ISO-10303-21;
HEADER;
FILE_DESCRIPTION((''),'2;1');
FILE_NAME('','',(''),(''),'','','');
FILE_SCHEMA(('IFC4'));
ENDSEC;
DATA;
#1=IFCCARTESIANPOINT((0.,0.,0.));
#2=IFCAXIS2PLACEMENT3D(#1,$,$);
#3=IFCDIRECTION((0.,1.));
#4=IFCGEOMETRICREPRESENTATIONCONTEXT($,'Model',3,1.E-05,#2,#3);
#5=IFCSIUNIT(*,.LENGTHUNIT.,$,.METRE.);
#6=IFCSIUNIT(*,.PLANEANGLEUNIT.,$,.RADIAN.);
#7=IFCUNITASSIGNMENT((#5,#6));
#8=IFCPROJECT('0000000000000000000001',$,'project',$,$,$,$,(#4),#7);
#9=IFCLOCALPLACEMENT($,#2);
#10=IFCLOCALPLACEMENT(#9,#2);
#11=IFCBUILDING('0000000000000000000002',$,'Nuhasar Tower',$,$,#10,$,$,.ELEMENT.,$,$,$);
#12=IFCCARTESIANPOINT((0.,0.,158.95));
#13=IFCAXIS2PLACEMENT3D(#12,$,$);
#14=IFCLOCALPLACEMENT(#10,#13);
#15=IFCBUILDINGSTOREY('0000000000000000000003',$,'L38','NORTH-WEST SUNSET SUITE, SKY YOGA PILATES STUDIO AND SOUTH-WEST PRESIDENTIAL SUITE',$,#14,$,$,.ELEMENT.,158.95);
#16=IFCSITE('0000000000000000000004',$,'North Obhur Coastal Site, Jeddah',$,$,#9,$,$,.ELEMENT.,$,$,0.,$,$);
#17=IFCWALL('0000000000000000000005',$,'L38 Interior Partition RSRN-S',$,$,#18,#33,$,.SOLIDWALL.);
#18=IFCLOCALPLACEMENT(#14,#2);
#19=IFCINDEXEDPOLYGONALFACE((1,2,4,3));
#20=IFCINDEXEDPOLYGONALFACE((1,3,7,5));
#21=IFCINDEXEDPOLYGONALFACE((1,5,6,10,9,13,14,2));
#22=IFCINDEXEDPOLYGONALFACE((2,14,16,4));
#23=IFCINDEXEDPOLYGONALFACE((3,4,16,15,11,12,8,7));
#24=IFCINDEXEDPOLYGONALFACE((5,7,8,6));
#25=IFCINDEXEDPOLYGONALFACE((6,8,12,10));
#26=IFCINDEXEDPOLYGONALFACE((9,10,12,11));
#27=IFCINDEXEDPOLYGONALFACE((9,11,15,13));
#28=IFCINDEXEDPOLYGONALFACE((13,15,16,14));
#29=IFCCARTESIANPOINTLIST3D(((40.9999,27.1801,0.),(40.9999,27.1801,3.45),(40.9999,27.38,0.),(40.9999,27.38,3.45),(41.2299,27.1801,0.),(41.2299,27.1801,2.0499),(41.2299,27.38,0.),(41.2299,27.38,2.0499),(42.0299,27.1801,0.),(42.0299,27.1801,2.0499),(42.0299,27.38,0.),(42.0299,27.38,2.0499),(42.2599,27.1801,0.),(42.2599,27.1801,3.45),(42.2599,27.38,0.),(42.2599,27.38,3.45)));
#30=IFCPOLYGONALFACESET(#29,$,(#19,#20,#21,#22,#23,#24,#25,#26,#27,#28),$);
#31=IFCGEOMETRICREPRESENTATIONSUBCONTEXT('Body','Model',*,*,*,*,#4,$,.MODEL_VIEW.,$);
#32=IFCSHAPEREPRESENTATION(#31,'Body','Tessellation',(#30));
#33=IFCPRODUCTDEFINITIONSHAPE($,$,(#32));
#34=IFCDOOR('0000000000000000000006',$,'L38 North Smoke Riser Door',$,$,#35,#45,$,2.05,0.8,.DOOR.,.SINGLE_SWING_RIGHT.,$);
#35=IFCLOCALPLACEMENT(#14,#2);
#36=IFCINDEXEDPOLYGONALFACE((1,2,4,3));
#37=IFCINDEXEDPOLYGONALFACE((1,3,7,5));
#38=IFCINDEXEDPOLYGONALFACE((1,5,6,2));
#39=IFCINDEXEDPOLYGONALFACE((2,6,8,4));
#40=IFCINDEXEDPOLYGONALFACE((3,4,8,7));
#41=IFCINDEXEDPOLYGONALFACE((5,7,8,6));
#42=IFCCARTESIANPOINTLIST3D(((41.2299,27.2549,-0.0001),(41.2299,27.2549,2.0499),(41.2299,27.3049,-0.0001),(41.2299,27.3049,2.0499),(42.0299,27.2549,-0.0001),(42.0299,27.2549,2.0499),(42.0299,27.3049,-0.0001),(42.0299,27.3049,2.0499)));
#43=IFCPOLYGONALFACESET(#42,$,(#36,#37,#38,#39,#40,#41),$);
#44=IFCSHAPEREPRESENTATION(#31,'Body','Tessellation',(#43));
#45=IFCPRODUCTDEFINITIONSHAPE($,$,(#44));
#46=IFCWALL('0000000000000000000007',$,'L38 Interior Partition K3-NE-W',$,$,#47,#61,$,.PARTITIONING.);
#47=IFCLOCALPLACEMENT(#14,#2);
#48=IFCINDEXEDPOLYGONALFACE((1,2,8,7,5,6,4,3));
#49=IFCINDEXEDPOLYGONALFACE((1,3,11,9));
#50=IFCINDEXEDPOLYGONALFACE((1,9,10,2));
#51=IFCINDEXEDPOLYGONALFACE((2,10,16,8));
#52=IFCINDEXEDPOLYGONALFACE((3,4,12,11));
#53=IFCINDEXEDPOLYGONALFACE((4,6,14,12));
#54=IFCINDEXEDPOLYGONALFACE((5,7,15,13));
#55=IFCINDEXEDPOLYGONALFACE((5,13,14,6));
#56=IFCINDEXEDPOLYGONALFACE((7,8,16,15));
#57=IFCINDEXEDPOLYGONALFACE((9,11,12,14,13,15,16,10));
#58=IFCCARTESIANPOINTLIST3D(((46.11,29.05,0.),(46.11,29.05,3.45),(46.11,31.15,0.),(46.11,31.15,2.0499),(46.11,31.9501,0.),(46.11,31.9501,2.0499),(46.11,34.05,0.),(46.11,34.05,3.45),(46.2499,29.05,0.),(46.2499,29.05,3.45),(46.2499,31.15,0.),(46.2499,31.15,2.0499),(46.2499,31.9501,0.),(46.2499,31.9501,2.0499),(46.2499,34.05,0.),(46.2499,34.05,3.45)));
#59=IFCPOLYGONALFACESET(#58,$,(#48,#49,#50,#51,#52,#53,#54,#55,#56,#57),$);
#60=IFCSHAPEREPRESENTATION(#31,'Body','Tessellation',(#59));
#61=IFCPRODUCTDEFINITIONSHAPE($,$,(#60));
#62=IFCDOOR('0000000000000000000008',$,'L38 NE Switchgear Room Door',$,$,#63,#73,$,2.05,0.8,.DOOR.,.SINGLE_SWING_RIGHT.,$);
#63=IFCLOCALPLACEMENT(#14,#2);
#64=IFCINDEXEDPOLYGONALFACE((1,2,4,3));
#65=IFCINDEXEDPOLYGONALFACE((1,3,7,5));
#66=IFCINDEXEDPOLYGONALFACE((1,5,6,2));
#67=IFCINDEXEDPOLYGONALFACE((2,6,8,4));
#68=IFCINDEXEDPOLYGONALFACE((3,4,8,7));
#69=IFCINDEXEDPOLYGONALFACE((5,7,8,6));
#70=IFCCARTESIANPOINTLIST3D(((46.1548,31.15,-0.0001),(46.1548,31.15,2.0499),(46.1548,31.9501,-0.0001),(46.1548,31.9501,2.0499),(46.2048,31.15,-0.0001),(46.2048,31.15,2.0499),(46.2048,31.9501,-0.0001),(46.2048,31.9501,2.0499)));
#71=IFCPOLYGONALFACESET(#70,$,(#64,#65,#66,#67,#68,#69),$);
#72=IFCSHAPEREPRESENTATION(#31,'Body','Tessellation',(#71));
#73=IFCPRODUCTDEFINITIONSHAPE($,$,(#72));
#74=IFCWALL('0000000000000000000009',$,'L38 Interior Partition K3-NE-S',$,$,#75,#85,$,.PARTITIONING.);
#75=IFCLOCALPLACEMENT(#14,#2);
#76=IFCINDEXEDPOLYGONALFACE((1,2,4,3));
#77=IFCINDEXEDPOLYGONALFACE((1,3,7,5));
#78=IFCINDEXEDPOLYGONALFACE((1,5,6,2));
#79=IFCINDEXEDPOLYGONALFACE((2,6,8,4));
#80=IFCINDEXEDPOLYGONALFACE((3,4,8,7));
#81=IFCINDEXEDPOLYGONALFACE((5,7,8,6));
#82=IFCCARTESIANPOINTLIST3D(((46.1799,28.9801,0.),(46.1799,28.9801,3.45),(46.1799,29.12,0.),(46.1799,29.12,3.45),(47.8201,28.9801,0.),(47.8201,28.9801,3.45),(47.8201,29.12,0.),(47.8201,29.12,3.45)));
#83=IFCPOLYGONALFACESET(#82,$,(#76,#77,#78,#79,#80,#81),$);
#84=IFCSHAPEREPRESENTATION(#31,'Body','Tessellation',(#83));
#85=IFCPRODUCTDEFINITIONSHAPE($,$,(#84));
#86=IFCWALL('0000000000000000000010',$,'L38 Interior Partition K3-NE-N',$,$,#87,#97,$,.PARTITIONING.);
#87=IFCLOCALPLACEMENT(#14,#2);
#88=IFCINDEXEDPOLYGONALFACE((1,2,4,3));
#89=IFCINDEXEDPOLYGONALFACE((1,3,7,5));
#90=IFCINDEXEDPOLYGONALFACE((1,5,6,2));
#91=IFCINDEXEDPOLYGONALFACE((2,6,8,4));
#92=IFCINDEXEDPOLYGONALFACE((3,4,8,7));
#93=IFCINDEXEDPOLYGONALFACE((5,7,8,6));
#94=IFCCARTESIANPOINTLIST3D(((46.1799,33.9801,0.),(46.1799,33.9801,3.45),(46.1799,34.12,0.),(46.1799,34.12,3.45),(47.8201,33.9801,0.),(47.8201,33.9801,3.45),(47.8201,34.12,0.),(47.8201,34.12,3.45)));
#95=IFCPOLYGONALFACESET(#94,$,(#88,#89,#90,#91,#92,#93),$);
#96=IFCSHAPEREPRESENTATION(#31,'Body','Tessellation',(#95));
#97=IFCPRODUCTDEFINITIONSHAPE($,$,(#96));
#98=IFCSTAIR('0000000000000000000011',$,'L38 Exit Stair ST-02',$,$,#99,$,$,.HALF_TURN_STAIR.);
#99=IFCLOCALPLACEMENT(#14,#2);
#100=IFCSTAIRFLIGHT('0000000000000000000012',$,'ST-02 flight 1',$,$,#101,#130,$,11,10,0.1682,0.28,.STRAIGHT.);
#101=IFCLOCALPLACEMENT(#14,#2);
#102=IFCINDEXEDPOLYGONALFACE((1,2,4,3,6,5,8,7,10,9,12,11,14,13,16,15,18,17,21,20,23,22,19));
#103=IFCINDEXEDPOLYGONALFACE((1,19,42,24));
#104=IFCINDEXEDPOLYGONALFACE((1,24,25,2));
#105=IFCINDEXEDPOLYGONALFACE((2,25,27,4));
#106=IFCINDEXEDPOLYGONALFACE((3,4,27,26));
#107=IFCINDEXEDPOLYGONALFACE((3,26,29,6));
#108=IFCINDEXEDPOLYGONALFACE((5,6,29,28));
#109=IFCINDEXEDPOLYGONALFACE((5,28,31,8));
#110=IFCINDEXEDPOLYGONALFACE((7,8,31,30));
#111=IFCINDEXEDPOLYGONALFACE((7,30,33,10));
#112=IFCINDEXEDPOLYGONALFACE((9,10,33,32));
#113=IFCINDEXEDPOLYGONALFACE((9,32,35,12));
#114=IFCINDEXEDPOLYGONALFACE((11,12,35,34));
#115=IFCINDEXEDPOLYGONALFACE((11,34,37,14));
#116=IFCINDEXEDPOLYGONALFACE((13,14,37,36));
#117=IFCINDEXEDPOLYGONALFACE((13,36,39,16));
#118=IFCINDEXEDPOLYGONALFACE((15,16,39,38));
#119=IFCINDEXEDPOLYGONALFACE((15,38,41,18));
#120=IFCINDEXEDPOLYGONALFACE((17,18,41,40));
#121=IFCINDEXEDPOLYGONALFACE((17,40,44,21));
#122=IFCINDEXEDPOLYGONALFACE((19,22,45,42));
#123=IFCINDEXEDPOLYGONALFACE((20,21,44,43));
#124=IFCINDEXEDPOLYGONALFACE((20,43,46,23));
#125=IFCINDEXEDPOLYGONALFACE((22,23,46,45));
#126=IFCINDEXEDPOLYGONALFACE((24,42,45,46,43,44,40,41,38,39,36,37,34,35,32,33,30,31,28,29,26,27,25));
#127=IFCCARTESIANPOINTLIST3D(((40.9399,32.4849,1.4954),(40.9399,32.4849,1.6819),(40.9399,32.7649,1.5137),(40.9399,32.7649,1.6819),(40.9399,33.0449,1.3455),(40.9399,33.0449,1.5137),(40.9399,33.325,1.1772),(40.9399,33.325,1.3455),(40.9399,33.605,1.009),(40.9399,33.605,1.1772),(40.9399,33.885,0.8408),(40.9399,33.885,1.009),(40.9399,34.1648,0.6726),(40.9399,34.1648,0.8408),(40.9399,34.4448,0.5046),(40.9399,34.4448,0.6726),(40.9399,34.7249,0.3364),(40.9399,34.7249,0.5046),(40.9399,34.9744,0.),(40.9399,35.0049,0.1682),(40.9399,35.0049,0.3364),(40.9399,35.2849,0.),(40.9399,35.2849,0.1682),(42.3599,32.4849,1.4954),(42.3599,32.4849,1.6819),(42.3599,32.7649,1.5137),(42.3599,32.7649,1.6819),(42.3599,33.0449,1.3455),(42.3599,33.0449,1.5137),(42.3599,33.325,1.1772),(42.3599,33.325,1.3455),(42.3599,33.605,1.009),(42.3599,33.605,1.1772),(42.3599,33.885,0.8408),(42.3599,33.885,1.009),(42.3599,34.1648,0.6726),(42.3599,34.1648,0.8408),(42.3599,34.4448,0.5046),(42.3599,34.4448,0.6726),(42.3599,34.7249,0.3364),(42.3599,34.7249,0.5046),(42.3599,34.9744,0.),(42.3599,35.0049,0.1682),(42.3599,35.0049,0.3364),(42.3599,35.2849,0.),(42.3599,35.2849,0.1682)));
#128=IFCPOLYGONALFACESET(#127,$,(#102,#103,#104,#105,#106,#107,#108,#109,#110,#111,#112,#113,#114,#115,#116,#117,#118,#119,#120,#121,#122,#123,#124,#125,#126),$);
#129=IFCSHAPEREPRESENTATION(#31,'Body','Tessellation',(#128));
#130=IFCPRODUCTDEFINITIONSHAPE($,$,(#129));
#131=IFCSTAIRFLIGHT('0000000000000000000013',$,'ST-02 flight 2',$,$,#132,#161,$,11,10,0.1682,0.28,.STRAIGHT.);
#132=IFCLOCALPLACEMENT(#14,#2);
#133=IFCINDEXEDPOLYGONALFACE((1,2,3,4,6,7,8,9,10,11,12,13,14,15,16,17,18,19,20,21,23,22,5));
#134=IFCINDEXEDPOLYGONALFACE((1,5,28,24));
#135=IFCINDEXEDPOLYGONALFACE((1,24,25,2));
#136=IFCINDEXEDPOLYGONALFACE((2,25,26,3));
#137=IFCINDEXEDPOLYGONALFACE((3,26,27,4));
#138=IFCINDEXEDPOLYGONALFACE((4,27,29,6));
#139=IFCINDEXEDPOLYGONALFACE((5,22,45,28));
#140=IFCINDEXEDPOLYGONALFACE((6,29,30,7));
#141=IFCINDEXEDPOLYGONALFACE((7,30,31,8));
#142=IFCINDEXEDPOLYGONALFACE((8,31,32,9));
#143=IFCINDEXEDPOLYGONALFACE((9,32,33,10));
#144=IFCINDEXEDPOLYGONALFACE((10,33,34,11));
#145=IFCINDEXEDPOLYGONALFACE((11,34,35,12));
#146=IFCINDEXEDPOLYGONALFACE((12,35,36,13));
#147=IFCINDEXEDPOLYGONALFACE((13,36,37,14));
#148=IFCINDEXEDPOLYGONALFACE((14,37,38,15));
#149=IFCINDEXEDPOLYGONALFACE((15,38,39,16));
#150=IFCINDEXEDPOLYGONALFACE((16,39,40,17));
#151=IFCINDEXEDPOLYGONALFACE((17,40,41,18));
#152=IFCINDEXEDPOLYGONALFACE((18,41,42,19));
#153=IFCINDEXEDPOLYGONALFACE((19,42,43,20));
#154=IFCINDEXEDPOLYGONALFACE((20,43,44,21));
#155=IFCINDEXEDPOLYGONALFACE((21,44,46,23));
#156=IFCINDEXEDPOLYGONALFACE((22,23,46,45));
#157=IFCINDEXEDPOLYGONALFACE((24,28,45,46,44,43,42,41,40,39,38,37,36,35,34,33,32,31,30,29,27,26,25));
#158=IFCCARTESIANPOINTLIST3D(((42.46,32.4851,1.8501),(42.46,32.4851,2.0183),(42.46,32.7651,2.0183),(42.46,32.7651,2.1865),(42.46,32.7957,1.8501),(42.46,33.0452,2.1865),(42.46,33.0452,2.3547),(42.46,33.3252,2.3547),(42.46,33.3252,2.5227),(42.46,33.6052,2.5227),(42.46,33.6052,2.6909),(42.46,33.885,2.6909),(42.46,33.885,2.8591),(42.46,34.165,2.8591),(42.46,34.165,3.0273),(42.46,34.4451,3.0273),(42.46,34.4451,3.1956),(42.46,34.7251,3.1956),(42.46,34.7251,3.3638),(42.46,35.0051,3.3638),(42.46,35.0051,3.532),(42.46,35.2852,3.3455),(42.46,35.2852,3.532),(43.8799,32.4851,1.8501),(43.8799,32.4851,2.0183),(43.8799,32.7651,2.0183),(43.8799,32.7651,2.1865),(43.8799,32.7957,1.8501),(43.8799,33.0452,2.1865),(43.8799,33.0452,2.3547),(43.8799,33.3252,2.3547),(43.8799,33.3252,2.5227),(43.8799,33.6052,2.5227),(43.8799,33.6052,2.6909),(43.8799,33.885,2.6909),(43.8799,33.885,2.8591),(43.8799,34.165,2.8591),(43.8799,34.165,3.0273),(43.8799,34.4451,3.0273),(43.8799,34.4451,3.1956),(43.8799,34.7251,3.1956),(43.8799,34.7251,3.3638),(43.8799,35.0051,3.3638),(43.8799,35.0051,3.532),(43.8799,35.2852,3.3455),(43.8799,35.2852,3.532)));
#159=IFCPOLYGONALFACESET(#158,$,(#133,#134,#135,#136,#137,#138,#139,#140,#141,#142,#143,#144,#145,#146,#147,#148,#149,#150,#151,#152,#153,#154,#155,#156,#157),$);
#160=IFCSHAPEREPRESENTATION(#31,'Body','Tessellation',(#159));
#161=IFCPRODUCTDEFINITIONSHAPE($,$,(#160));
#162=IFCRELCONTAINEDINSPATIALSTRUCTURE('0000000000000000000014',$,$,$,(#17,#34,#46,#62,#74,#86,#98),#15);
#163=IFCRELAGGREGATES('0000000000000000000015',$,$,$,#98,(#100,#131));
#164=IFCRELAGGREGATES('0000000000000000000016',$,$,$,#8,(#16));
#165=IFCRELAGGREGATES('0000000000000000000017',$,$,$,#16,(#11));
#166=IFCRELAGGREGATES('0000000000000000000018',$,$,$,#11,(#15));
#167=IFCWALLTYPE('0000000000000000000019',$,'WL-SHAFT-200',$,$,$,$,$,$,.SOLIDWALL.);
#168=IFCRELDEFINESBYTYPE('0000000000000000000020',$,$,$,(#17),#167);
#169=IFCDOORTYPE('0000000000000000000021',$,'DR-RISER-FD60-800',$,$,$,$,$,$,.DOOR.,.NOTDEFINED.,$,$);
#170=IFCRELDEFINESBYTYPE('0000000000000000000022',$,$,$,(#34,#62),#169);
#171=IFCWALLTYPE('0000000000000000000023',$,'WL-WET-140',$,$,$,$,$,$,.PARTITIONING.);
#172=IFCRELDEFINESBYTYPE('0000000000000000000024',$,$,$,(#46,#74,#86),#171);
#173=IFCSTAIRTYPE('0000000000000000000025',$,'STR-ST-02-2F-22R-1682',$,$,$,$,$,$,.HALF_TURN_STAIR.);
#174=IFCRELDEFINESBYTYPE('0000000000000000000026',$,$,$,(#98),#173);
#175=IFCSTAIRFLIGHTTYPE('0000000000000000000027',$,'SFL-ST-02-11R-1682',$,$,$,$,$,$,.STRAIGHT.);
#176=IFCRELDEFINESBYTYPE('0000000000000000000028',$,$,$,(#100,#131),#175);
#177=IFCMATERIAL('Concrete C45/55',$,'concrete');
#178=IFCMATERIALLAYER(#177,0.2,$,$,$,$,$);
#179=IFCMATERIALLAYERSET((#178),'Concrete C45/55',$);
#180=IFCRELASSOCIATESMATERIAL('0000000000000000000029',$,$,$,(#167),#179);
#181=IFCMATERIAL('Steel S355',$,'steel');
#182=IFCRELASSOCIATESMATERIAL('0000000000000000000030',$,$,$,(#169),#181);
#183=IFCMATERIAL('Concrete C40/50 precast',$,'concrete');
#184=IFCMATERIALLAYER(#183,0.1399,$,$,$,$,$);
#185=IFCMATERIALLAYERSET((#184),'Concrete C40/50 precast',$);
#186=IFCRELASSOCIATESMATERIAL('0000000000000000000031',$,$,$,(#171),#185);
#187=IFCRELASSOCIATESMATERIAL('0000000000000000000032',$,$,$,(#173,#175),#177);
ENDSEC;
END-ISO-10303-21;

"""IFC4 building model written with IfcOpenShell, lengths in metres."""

from ifc_helpers import new_model, si_unit, direction, frame, frame_2d, origin, place, context, subcontext, project, spatial, polyline, rectangle, outline, extrude, material, layer, layer_set, type_object, element, fill, aggregate, save


model = new_model("IFC4")

# Units and contexts
model_context = context("Model", 3, precision=1e-05, world=origin(), true_north=direction((0.0, 1.0)))
body_context = subcontext(model_context, "Body", "Model", "MODEL_VIEW")
ifc_project = project(units=[si_unit("LENGTHUNIT", "METRE"), si_unit("PLANEANGLEUNIT", "RADIAN")], contexts=[model_context])

# Site, building, storey
site_placement = place(None, origin())
site = spatial("IfcSite", under=ifc_project, at=site_placement, Name="North Obhur Coastal Site, Jeddah", CompositionType="ELEMENT", RefElevation=0.0)
building_placement = place(site_placement, origin())
building = spatial("IfcBuilding", under=site, at=building_placement, Name="Nuhasar Tower", CompositionType="ELEMENT")
storey_placement = place(building_placement, frame((0.0, 0.0, 158.95)))
storey = spatial("IfcBuildingStorey", under=building, at=storey_placement, Name="L38", Description="NORTH-WEST SUNSET SUITE, SKY YOGA PILATES STUDIO AND SOUTH-WEST PRESIDENTIAL SUITE", CompositionType="ELEMENT", Elevation=158.95)

# Shared definitions
ifc_material_1 = material(Name="Steel S355", Category="steel")

# Shared definitions
ifc_material_2 = material(Name="Concrete C45/55", Category="concrete")

# Shared definitions
ifc_layer_1 = layer(ifc_material_2, 0.2)
ifc_layer_set_1 = layer_set([ifc_layer_1], Name="Concrete C45/55")
wall_type_1 = type_object("IfcWallType", Name="WL-SHAFT-200", PredefinedType="SOLIDWALL", material=ifc_layer_set_1)

# Walls, openings, doors
wall_1_placement = place(storey_placement, frame((41.0, 27.28, 0.0), z_axis=(0.0, 0.0, 1.0), x_axis=(1.0, 0.0, 0.0)))
wall_1 = element("IfcWall", 1, at=wall_1_placement, inside=storey, type_object=wall_type_1, Name="L38 Interior Partition RSRN-S", PredefinedType="SOLIDWALL", context=body_context, shape_type="SweptSolid", body=[
    extrude(rectangle(XDim=1.26, YDim=0.2, at=frame_2d((0.6299, 0.0))), origin(), (0.0, 0.0, 1.0), 3.45),
])
opening_1_placement = place(wall_1_placement, frame((0.23, 0.0, 0.0)))
opening_1 = element("IfcOpeningElement", 2, at=opening_1_placement, cuts=wall_1, PredefinedType="OPENING", context=body_context, shape_type="SweptSolid", body=[
    extrude(rectangle(XDim=0.8, YDim=2.05, at=frame_2d((0.3999, 1.0249))), frame((0.0, 0.1099, 0.0), z_axis=(0.0, -1.0, 0.0), x_axis=(1.0, 0.0, 0.0)), (0.0, 0.0, 1.0), 0.22),
])
door_type_1 = type_object("IfcDoorType", Name="DR-RISER-FD60-800", OperationType="NOTDEFINED", PredefinedType="DOOR", material=ifc_material_1)
door_1_placement = place(opening_1_placement, origin())
door_1 = element("IfcDoor", 3, at=door_1_placement, inside=storey, type_object=door_type_1, Name="L38 North Smoke Riser Door", OperationType="SINGLE_SWING_RIGHT", OverallHeight=2.05, OverallWidth=0.8, PredefinedType="DOOR", context=body_context, shape_type="SweptSolid", body=[
    extrude(rectangle(XDim=0.8, YDim=2.05, at=frame_2d((0.3999, 1.0249))), frame((0.0, 0.0249, 0.0), z_axis=(0.0, -1.0, 0.0), x_axis=(1.0, 0.0, 0.0)), (0.0, 0.0, 1.0), 0.05),
])
fill(opening_1, door_1)
ifc_material_3 = material(Name="Concrete C40/50 precast", Category="concrete")
ifc_layer_2 = layer(ifc_material_3, 0.1399)
ifc_layer_set_2 = layer_set([ifc_layer_2], Name="Concrete C40/50 precast")
wall_type_2 = type_object("IfcWallType", Name="WL-WET-140", PredefinedType="PARTITIONING", material=ifc_layer_set_2)
wall_2_placement = place(storey_placement, frame((46.1799, 34.05, 0.0), z_axis=(0.0, 0.0, 1.0), x_axis=(0.0, -1.0, 0.0)))
wall_2 = element("IfcWall", 4, at=wall_2_placement, inside=storey, type_object=wall_type_2, Name="L38 Interior Partition K3-NE-W", PredefinedType="PARTITIONING", context=body_context, shape_type="SweptSolid", body=[
    extrude(rectangle(XDim=5.0, YDim=0.1399, at=frame_2d((2.5, 0.0))), origin(), (0.0, 0.0, 1.0), 3.45),
])
opening_2_placement = place(wall_2_placement, frame((2.1001, 0.0, 0.0)))
opening_2 = element("IfcOpeningElement", 5, at=opening_2_placement, cuts=wall_2, PredefinedType="OPENING", context=body_context, shape_type="SweptSolid", body=[
    extrude(rectangle(XDim=0.8, YDim=2.05, at=frame_2d((0.3999, 1.0249))), frame((0.0, 0.0801, 0.0), z_axis=(0.0, -1.0, 0.0), x_axis=(1.0, 0.0, 0.0)), (0.0, 0.0, 1.0), 0.1599),
])
door_2_placement = place(opening_2_placement, origin())
door_2 = element("IfcDoor", 6, at=door_2_placement, inside=storey, type_object=door_type_1, Name="L38 NE Switchgear Room Door", OperationType="SINGLE_SWING_RIGHT", OverallHeight=2.05, OverallWidth=0.8, PredefinedType="DOOR", context=body_context, shape_type="SweptSolid", body=[
    extrude(rectangle(XDim=0.8, YDim=2.05, at=frame_2d((0.3999, 1.0249))), frame((0.0, 0.0249, 0.0), z_axis=(0.0, -1.0, 0.0), x_axis=(1.0, 0.0, 0.0)), (0.0, 0.0, 1.0), 0.05),
])
fill(opening_2, door_2)

# Walls
for number, where, z_axis, x_axis, name in (
    (7, (46.1799, 29.05, 0.0), (0.0, 0.0, 1.0), (1.0, 0.0, 0.0), "L38 Interior Partition K3-NE-S"),
    (8, (46.1799, 34.05, 0.0), (0.0, 0.0, 1.0), (1.0, 0.0, 0.0), "L38 Interior Partition K3-NE-N"),
):
    element("IfcWall", number, at=place(storey_placement, frame(where, z_axis=z_axis, x_axis=x_axis)), inside=storey, type_object=wall_type_2, Name=name, PredefinedType="PARTITIONING", context=body_context, shape_type="SweptSolid", body=[
        extrude(rectangle(XDim=1.6401, YDim=0.1399, at=frame_2d((0.8201, 0.0))), origin(), (0.0, 0.0, 1.0), 3.45),
    ])

# Stair, stair flights
stair_type_1 = type_object("IfcStairType", Name="STR-ST-02-2F-22R-1682", PredefinedType="HALF_TURN_STAIR", material=ifc_material_2)
stair_1_placement = place(storey_placement, origin())
stair_1 = element("IfcStair", 9, at=stair_1_placement, inside=storey, type_object=stair_type_1, Name="L38 Exit Stair ST-02", PredefinedType="HALF_TURN_STAIR")
stair_flight_type_1 = type_object("IfcStairFlightType", Name="SFL-ST-02-11R-1682", PredefinedType="STRAIGHT", material=ifc_material_2)
stair_flight_1_placement = place(storey_placement, frame((41.6499, 35.2849, 0.0), z_axis=(0.0, 0.0, 1.0), x_axis=(0.0, -1.0, 0.0)))
stair_flight_1 = element("IfcStairFlight", 10, at=stair_flight_1_placement, type_object=stair_flight_type_1, Name="ST-02 flight 1", NumberOfRisers=11, NumberOfTreads=10, PredefinedType="STRAIGHT", RiserHeight=0.1682, TreadLength=0.28, context=body_context, shape_type="SweptSolid", body=[
    extrude(outline(polyline([(0.0, 0.0), (0.0, 0.1682), (0.28, 0.1682), (0.28, 0.3364), (0.5601, 0.3364), (0.5601, 0.5046), (0.8401, 0.5046), (0.8401, 0.6726), (1.1201, 0.6726), (1.1201, 0.8408), (1.3999, 0.8408), (1.3999, 1.009), (1.6799, 1.009), (1.6799, 1.1772), (1.96, 1.1772), (1.96, 1.3455), (2.24, 1.3455), (2.24, 1.5137), (2.52, 1.5137), (2.52, 1.6819), (2.8, 1.6819), (2.8, 1.8501), (2.8, 1.4954), (0.3105, 0.0), (0.0, 0.0)])), frame((0.0, 0.71, 0.0), z_axis=(0.0, -1.0, 0.0), x_axis=(1.0, 0.0, 0.0)), (0.0, 0.0, 1.0), 1.4199),
])
stair_flight_2_placement = place(storey_placement, frame((43.1699, 32.4851, 1.8501), z_axis=(0.0, 0.0, 1.0), x_axis=(0.0, 1.0, 0.0)))
stair_flight_2 = element("IfcStairFlight", 11, at=stair_flight_2_placement, type_object=stair_flight_type_1, Name="ST-02 flight 2", NumberOfRisers=11, NumberOfTreads=10, PredefinedType="STRAIGHT", RiserHeight=0.1682, TreadLength=0.28, context=body_context, shape_type="SweptSolid", body=[
    extrude(outline(polyline([(0.0, 0.0), (0.0, 0.1682), (0.28, 0.1682), (0.28, 0.3364), (0.5601, 0.3364), (0.5601, 0.5046), (0.8401, 0.5046), (0.8401, 0.6726), (1.1201, 0.6726), (1.1201, 0.8408), (1.3999, 0.8408), (1.3999, 1.009), (1.6799, 1.009), (1.6799, 1.1772), (1.96, 1.1772), (1.96, 1.3455), (2.24, 1.3455), (2.24, 1.5137), (2.52, 1.5137), (2.52, 1.6819), (2.8, 1.6819), (2.8, 1.8501), (2.8, 1.4954), (0.3105, 0.0), (0.0, 0.0)])), frame((0.0, 0.71, 0.0), z_axis=(0.0, -1.0, 0.0), x_axis=(1.0, 0.0, 0.0)), (0.0, 0.0, 1.0), 1.4199),
])
aggregate(stair_1, [stair_flight_1, stair_flight_2])

save(model, "model.ifc")
